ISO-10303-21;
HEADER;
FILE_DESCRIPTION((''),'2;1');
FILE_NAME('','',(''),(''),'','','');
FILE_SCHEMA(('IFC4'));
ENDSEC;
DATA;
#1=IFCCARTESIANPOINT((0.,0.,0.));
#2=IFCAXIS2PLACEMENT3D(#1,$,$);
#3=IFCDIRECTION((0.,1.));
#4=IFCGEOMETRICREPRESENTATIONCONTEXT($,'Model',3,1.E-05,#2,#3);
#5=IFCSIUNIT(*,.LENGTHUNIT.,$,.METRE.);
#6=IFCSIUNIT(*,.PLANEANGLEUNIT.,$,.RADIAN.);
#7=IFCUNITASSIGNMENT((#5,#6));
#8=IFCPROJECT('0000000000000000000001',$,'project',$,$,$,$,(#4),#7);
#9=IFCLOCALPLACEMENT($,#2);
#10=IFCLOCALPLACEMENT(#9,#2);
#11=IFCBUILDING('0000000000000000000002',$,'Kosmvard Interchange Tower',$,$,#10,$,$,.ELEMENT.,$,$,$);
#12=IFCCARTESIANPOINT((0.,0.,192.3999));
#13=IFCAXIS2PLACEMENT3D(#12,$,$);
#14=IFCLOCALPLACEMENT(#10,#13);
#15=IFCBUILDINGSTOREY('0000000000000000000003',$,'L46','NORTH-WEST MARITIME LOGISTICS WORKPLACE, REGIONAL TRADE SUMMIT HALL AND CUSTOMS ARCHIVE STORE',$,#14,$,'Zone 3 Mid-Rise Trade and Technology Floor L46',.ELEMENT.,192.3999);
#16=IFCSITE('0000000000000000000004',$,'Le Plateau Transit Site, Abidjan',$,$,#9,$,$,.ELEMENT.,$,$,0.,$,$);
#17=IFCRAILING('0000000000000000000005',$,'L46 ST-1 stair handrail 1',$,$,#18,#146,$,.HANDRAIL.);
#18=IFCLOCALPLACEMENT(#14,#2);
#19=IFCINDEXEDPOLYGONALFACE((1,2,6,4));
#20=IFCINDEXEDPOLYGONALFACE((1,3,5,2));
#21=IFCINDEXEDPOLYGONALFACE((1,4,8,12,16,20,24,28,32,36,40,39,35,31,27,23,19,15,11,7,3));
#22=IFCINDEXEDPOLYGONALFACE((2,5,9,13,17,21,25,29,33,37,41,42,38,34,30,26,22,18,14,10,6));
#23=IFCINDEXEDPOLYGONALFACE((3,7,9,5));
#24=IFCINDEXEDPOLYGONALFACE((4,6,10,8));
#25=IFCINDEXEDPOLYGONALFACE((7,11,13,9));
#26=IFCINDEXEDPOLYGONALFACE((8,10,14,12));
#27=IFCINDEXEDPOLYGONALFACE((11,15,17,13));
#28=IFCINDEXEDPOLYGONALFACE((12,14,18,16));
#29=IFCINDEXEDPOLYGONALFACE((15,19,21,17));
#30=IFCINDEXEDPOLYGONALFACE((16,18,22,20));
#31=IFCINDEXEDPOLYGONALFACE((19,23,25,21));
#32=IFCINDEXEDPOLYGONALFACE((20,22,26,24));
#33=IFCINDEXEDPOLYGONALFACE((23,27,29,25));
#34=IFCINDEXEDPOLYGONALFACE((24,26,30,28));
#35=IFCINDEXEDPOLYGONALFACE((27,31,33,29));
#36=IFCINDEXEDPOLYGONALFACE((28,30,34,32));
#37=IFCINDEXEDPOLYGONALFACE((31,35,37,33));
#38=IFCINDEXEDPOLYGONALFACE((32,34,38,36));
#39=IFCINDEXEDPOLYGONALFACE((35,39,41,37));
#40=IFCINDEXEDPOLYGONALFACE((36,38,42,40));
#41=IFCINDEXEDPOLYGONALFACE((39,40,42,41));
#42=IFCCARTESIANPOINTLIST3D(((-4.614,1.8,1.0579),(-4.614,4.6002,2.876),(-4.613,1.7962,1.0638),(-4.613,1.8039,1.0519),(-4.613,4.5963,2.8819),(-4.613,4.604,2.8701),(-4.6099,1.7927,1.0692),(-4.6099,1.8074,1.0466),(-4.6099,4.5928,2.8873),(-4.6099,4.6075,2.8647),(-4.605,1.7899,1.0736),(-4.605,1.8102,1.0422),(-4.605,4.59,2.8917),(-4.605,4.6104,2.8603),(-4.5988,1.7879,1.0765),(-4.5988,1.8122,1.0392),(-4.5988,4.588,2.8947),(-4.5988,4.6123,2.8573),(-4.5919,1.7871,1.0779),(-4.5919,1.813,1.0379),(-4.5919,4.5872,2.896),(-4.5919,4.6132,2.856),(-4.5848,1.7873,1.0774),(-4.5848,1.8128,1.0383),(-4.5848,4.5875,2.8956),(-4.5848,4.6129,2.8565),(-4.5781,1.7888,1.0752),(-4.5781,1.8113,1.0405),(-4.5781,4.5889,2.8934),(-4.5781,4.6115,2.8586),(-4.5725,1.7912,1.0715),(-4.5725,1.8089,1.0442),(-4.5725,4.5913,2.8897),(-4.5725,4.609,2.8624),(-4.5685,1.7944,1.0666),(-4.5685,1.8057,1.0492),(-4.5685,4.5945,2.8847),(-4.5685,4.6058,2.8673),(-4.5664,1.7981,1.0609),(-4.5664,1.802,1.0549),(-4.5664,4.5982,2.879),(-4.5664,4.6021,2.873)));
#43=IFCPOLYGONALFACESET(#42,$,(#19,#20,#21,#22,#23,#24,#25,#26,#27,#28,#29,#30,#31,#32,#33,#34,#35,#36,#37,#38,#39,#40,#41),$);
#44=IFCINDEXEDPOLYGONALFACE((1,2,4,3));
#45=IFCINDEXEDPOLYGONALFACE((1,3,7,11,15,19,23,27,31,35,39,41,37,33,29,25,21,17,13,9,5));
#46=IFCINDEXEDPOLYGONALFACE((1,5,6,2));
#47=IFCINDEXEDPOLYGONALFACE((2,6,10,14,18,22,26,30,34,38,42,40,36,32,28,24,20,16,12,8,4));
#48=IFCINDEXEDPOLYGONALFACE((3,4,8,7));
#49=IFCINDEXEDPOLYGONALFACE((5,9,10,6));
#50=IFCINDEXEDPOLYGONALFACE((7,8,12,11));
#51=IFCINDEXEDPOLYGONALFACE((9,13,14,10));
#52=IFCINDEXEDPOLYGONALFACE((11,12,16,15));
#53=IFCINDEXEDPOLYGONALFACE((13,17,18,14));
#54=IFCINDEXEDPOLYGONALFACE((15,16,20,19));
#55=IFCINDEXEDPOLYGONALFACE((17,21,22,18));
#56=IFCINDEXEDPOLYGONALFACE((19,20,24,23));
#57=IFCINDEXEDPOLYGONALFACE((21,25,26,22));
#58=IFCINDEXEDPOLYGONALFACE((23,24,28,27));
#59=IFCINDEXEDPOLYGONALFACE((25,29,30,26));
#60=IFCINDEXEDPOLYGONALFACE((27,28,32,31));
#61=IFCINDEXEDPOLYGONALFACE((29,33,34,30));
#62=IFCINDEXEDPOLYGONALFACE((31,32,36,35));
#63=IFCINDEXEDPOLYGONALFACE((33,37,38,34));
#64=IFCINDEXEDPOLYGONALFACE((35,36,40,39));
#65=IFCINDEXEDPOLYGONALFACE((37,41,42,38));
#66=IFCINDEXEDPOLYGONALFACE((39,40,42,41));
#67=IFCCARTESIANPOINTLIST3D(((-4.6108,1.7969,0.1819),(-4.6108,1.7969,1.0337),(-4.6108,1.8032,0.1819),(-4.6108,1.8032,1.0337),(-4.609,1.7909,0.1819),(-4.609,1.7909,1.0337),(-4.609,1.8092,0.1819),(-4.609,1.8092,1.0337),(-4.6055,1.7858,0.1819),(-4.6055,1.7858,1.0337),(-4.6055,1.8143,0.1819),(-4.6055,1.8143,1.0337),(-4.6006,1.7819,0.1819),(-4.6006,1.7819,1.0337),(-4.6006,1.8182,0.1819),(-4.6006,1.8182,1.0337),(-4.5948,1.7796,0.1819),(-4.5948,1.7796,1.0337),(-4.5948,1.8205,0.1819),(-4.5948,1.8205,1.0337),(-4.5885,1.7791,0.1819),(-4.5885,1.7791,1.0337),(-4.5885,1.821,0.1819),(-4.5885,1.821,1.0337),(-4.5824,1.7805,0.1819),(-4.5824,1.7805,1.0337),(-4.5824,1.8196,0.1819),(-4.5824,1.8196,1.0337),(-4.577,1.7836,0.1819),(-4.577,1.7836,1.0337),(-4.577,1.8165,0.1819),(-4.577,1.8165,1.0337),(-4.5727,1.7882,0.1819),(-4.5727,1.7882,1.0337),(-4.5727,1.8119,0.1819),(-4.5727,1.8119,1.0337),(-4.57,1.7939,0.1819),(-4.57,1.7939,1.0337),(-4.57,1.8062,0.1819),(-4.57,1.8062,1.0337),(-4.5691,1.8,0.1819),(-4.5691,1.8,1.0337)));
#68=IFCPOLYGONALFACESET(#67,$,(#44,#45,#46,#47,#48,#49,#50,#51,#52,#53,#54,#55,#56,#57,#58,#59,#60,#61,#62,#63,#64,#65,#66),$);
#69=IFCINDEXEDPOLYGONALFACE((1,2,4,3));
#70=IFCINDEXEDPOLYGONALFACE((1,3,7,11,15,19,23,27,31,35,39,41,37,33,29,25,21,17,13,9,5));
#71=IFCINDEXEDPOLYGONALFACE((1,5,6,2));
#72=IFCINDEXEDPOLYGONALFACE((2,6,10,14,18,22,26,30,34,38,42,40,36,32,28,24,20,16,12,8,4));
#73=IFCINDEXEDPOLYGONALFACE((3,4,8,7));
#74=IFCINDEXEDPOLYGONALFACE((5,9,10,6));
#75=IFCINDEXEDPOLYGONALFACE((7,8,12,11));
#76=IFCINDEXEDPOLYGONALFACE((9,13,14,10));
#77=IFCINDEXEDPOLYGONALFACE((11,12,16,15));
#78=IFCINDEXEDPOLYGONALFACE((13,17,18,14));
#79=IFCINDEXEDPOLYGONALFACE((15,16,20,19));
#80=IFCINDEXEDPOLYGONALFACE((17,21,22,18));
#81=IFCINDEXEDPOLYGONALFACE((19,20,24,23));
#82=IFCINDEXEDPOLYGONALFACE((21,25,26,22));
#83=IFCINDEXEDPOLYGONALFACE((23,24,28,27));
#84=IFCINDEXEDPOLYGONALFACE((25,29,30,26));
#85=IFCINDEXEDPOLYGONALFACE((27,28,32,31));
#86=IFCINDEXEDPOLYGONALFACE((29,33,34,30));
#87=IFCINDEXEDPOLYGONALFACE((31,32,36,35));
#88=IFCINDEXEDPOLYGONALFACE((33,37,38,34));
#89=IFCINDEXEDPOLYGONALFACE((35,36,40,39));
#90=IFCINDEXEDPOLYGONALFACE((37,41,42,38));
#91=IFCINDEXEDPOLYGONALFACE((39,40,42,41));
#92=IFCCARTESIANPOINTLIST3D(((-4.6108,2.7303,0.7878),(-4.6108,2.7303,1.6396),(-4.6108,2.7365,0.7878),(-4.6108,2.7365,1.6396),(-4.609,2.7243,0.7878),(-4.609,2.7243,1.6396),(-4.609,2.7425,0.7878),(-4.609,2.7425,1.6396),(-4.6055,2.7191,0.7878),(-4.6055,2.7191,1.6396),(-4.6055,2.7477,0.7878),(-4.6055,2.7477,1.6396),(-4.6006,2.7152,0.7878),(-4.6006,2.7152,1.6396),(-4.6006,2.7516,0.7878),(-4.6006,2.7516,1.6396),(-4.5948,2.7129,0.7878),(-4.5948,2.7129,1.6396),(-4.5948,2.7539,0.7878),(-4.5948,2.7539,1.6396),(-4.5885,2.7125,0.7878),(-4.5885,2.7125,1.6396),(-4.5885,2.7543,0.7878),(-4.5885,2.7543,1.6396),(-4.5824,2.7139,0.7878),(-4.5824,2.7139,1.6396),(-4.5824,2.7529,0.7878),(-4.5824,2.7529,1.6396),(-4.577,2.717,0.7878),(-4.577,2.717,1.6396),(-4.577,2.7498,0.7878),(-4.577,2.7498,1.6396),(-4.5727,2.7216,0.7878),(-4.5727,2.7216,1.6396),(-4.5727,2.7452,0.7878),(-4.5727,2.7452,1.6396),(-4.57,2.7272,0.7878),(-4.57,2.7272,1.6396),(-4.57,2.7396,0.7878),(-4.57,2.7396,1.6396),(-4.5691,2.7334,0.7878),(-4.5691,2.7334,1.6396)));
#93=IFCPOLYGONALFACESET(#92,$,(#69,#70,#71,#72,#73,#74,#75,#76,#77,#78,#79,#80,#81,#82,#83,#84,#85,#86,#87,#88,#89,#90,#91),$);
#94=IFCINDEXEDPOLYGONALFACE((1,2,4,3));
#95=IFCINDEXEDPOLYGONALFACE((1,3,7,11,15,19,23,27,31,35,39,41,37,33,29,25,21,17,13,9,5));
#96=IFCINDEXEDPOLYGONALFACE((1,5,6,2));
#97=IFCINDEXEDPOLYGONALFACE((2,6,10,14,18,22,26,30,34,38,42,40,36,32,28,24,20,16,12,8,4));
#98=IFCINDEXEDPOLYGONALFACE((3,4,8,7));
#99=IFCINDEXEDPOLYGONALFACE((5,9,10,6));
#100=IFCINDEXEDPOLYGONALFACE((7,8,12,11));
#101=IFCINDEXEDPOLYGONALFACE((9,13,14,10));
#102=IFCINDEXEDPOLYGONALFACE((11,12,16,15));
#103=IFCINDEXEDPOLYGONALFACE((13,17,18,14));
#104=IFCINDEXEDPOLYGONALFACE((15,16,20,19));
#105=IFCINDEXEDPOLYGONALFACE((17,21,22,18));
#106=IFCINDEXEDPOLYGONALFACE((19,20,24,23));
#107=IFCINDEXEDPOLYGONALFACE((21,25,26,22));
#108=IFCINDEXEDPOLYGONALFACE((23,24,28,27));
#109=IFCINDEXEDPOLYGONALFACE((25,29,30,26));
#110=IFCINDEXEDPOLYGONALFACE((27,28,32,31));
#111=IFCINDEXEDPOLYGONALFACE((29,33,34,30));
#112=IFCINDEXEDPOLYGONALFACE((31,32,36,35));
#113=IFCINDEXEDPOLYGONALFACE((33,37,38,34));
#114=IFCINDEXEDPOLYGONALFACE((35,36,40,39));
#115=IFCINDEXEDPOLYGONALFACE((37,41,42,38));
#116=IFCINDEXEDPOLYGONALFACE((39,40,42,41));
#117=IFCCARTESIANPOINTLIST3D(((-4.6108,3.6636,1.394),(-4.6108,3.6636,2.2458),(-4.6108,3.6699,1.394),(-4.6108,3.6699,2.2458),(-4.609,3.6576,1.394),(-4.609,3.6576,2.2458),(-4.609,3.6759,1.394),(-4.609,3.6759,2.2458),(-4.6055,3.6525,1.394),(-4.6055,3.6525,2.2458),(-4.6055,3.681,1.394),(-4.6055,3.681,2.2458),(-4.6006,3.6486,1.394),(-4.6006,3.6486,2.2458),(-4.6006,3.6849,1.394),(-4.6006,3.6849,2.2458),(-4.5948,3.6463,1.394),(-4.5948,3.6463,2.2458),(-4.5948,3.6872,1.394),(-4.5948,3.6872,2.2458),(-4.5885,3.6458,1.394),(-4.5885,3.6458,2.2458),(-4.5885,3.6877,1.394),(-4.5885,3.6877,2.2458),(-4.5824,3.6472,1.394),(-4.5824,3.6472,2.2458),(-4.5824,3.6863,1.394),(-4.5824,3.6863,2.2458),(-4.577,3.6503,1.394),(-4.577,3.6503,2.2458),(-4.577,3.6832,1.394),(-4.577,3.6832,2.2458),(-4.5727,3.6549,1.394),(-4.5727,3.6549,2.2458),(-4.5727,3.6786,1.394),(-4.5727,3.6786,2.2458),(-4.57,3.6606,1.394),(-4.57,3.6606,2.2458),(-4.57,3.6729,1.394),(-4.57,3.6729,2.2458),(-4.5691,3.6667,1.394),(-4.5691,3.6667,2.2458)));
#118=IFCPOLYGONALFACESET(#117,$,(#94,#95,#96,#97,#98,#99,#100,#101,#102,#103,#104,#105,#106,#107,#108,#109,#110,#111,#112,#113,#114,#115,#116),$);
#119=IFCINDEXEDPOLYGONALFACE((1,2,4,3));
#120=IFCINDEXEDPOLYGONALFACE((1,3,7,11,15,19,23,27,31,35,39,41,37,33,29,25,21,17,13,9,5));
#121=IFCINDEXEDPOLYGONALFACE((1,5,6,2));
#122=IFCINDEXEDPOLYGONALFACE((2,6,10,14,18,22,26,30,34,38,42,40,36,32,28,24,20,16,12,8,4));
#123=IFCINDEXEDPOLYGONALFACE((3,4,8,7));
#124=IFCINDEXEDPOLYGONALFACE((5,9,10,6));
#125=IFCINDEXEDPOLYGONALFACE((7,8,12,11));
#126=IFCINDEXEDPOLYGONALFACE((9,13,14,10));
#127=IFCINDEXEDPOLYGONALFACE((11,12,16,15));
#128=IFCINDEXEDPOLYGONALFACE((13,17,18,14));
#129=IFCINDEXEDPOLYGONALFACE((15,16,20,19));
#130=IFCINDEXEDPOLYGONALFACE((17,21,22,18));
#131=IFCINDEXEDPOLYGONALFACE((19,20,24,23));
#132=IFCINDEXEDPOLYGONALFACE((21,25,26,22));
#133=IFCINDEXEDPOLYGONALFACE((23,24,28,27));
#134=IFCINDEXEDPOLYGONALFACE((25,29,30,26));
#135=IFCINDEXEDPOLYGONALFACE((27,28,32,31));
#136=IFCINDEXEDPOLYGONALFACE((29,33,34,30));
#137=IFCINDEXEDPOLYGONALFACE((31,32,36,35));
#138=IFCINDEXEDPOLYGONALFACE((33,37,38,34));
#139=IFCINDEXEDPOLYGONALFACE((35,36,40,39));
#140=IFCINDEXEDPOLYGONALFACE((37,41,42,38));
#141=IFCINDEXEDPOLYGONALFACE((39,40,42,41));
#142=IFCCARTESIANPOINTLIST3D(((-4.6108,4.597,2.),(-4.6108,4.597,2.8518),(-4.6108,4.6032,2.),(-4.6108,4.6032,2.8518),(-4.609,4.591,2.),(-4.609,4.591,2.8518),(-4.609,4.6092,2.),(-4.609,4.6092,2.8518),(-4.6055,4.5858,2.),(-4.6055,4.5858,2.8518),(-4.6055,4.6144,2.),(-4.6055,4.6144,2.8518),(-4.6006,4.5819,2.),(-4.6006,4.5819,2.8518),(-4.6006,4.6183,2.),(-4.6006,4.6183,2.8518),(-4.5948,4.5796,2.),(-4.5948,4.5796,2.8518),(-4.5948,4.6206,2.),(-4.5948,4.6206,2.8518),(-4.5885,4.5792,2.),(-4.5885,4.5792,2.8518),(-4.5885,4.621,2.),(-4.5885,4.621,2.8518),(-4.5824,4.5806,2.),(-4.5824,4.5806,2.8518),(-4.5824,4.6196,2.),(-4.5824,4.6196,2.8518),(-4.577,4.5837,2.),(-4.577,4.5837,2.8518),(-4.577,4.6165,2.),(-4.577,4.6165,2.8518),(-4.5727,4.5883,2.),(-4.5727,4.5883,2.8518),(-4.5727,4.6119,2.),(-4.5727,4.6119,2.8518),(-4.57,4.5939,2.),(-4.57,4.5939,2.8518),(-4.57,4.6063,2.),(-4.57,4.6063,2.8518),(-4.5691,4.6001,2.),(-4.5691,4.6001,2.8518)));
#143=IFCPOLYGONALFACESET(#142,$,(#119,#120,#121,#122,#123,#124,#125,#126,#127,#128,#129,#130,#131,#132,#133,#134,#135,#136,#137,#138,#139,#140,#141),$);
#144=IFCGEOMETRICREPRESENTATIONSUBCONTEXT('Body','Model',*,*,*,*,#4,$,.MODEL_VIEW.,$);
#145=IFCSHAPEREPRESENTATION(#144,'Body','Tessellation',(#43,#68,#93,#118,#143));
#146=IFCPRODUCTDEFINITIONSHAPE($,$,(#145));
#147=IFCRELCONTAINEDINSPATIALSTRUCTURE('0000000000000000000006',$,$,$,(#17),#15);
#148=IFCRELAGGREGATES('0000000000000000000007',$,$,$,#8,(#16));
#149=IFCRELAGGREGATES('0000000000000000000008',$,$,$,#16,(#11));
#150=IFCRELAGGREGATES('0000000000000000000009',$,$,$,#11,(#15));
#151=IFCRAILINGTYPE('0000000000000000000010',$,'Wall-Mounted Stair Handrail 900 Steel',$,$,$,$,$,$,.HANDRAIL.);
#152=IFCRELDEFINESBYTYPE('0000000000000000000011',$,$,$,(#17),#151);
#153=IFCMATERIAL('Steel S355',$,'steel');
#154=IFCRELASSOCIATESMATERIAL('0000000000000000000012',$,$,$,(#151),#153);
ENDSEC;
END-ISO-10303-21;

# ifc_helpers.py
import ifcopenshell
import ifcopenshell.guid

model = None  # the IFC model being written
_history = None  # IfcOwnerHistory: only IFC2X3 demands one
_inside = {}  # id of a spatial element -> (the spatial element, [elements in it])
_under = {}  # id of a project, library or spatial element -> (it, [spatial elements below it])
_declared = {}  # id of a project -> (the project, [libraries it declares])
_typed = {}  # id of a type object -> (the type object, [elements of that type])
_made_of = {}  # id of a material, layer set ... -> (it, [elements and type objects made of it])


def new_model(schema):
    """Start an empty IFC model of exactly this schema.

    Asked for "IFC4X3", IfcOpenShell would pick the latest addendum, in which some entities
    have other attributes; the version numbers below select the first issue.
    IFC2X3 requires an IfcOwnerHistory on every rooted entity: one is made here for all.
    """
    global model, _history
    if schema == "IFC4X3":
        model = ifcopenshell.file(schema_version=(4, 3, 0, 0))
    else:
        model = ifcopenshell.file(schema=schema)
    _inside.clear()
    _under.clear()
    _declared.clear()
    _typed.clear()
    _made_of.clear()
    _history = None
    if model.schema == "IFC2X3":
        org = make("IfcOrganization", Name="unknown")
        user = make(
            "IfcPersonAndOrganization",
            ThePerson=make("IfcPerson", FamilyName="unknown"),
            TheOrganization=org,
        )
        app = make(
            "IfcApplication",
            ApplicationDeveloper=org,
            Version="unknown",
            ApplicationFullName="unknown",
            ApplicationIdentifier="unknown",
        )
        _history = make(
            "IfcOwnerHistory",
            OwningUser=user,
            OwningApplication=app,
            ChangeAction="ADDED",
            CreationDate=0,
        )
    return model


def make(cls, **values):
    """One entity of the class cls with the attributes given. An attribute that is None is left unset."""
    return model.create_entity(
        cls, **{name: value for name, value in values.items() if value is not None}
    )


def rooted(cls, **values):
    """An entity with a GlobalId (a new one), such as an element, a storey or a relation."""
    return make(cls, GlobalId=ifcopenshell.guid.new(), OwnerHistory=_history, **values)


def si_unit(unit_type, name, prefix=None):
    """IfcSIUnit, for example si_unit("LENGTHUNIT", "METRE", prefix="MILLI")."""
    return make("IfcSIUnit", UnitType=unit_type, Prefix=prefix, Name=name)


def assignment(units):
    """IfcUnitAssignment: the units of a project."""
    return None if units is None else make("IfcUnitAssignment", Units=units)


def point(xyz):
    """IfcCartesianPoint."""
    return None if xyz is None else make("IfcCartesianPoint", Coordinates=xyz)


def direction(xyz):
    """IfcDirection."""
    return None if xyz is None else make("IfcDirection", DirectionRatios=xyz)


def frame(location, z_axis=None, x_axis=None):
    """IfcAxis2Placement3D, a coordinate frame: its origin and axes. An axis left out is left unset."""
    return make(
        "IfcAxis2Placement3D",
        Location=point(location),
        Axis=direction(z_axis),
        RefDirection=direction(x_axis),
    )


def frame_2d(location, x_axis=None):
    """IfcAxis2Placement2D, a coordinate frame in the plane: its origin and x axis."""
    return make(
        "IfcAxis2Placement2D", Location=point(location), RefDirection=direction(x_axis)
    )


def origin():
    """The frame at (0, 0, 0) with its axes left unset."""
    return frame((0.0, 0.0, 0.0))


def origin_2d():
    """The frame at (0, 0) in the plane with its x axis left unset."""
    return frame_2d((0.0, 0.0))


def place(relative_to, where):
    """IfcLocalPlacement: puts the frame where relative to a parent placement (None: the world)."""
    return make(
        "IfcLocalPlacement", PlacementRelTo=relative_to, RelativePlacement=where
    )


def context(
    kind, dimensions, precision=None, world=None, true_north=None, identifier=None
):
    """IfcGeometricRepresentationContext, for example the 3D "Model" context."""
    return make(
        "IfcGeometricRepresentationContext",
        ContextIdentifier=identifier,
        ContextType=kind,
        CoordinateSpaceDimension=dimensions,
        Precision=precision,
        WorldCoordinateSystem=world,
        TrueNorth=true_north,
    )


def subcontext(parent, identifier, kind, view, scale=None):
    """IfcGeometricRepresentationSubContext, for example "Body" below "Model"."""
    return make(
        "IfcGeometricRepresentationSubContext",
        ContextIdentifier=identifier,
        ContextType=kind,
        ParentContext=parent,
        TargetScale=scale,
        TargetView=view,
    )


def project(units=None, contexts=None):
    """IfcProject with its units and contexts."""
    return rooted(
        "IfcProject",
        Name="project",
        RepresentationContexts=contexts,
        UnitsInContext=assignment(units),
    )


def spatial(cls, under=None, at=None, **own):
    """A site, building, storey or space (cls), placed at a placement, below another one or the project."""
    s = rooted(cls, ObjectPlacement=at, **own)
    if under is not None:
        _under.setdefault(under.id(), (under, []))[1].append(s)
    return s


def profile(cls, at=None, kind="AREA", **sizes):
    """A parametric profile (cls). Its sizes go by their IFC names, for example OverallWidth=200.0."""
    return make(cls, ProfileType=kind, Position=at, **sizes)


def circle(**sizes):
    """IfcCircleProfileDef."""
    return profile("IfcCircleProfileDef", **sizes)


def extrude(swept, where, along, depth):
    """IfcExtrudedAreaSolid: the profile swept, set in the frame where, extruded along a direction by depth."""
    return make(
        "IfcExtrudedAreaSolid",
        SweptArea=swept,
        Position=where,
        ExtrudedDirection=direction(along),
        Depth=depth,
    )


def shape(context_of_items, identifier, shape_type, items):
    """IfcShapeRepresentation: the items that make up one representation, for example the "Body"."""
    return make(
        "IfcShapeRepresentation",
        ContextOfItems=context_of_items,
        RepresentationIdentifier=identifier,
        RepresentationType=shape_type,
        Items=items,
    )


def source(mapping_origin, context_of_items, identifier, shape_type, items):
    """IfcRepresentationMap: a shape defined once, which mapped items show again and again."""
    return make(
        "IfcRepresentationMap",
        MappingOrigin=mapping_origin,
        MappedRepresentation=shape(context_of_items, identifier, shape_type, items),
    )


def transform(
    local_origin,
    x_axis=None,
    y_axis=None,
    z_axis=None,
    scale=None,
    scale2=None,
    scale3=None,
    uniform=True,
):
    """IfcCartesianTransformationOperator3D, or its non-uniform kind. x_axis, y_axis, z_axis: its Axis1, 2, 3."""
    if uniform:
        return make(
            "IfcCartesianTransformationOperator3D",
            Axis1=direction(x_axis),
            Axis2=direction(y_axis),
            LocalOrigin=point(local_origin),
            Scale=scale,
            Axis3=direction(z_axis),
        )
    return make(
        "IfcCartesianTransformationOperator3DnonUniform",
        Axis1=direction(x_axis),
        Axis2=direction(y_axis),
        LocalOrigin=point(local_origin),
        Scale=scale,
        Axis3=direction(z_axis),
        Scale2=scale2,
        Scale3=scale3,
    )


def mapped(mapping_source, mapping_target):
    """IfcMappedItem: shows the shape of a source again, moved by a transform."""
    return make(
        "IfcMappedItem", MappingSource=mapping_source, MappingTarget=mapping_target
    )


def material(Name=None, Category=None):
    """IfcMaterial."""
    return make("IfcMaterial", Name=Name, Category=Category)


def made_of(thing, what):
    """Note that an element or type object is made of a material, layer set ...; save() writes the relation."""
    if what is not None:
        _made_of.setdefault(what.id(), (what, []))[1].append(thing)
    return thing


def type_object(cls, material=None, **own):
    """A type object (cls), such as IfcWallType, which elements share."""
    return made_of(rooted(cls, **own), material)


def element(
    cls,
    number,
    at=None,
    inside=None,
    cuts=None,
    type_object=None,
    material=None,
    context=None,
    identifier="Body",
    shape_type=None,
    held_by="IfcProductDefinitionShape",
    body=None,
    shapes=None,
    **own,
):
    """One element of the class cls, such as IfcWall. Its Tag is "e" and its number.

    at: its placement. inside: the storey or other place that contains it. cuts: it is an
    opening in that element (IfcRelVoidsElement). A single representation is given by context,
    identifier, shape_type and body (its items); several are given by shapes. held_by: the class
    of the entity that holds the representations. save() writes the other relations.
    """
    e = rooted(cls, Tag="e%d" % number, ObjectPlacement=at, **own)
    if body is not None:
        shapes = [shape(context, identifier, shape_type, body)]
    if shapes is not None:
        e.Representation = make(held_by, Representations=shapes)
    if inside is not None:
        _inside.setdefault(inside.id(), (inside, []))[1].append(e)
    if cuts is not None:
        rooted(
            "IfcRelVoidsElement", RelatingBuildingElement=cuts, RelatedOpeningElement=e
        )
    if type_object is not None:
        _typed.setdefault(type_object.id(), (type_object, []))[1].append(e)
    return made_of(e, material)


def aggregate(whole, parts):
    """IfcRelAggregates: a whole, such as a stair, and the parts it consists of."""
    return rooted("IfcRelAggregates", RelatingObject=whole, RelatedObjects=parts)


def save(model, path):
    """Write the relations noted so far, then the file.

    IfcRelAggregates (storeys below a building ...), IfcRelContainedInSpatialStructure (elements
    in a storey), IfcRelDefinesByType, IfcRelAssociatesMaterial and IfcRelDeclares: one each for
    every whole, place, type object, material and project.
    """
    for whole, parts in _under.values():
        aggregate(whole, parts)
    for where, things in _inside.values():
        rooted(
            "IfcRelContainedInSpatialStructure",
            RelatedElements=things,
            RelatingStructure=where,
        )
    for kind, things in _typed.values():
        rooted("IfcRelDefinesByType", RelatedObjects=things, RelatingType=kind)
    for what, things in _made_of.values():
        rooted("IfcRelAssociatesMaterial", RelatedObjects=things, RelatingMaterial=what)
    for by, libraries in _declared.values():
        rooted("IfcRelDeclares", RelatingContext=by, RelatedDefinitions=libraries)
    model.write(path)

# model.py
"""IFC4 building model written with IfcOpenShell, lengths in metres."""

from ifc_helpers import new_model, si_unit, direction, frame, origin, origin_2d, place, context, subcontext, project, spatial, circle, extrude, source, transform, mapped, material, type_object, element, save


model = new_model("IFC4")

# Units and contexts
model_context = context("Model", 3, precision=1e-05, world=origin(), true_north=direction((0.0, 1.0)))
body_context = subcontext(model_context, "Body", "Model", "MODEL_VIEW")
ifc_project = project(units=[si_unit("LENGTHUNIT", "METRE"), si_unit("PLANEANGLEUNIT", "RADIAN")], contexts=[model_context])

# Site, building, storey
site_placement = place(None, origin())
site = spatial("IfcSite", under=ifc_project, at=site_placement, Name="Le Plateau Transit Site, Abidjan", CompositionType="ELEMENT", RefElevation=0.0)
building_placement = place(site_placement, origin())
building = spatial("IfcBuilding", under=site, at=building_placement, Name="Kosmvard Interchange Tower", CompositionType="ELEMENT")
storey_placement = place(building_placement, frame((0.0, 0.0, 192.3999)))
storey = spatial("IfcBuildingStorey", under=building, at=storey_placement, Name="L46", Description="NORTH-WEST MARITIME LOGISTICS WORKPLACE, REGIONAL TRADE SUMMIT HALL AND CUSTOMS ARCHIVE STORE", LongName="Zone 3 Mid-Rise Trade and Technology Floor L46", CompositionType="ELEMENT", Elevation=192.3999)

# Railing
ifc_material_1 = material(Name="Steel S355", Category="steel")
railing_type_1 = type_object("IfcRailingType", Name="Wall-Mounted Stair Handrail 900 Steel", PredefinedType="HANDRAIL", material=ifc_material_1)
shared_shape_1 = source(origin(), body_context, "Body", "SweptSolid", [
    extrude(circle(Radius=0.0239, at=origin_2d()), frame((0.0, 0.0, 0.876), z_axis=(0.0, 0.838706, 0.544585), x_axis=(-1.0, 0.0, 0.0)), (0.0, 0.0, 1.0), 3.3386),
    extrude(circle(Radius=0.021, at=origin_2d()), origin(), (0.0, 0.0, 1.0), 0.8518),
    extrude(circle(Radius=0.021, at=origin_2d()), frame((0.0, 0.9333, 0.606)), (0.0, 0.0, 1.0), 0.8518),
    extrude(circle(Radius=0.021, at=origin_2d()), frame((0.0, 1.8667, 1.2122)), (0.0, 0.0, 1.0), 0.8518),
    extrude(circle(Radius=0.021, at=origin_2d()), frame((0.0, 2.8, 1.8181)), (0.0, 0.0, 1.0), 0.8518),
])
railing_1_placement = place(storey_placement, frame((-4.5901, 1.8, 0.1819)))
element("IfcRailing", 1, at=railing_1_placement, inside=storey, type_object=railing_type_1, Name="L46 ST-1 stair handrail 1", PredefinedType="HANDRAIL", context=body_context, shape_type="MappedRepresentation", body=[
    mapped(shared_shape_1, transform((0.0, 0.0, 0.0), scale=1.0)),
])

save(model, "model.ifc")
